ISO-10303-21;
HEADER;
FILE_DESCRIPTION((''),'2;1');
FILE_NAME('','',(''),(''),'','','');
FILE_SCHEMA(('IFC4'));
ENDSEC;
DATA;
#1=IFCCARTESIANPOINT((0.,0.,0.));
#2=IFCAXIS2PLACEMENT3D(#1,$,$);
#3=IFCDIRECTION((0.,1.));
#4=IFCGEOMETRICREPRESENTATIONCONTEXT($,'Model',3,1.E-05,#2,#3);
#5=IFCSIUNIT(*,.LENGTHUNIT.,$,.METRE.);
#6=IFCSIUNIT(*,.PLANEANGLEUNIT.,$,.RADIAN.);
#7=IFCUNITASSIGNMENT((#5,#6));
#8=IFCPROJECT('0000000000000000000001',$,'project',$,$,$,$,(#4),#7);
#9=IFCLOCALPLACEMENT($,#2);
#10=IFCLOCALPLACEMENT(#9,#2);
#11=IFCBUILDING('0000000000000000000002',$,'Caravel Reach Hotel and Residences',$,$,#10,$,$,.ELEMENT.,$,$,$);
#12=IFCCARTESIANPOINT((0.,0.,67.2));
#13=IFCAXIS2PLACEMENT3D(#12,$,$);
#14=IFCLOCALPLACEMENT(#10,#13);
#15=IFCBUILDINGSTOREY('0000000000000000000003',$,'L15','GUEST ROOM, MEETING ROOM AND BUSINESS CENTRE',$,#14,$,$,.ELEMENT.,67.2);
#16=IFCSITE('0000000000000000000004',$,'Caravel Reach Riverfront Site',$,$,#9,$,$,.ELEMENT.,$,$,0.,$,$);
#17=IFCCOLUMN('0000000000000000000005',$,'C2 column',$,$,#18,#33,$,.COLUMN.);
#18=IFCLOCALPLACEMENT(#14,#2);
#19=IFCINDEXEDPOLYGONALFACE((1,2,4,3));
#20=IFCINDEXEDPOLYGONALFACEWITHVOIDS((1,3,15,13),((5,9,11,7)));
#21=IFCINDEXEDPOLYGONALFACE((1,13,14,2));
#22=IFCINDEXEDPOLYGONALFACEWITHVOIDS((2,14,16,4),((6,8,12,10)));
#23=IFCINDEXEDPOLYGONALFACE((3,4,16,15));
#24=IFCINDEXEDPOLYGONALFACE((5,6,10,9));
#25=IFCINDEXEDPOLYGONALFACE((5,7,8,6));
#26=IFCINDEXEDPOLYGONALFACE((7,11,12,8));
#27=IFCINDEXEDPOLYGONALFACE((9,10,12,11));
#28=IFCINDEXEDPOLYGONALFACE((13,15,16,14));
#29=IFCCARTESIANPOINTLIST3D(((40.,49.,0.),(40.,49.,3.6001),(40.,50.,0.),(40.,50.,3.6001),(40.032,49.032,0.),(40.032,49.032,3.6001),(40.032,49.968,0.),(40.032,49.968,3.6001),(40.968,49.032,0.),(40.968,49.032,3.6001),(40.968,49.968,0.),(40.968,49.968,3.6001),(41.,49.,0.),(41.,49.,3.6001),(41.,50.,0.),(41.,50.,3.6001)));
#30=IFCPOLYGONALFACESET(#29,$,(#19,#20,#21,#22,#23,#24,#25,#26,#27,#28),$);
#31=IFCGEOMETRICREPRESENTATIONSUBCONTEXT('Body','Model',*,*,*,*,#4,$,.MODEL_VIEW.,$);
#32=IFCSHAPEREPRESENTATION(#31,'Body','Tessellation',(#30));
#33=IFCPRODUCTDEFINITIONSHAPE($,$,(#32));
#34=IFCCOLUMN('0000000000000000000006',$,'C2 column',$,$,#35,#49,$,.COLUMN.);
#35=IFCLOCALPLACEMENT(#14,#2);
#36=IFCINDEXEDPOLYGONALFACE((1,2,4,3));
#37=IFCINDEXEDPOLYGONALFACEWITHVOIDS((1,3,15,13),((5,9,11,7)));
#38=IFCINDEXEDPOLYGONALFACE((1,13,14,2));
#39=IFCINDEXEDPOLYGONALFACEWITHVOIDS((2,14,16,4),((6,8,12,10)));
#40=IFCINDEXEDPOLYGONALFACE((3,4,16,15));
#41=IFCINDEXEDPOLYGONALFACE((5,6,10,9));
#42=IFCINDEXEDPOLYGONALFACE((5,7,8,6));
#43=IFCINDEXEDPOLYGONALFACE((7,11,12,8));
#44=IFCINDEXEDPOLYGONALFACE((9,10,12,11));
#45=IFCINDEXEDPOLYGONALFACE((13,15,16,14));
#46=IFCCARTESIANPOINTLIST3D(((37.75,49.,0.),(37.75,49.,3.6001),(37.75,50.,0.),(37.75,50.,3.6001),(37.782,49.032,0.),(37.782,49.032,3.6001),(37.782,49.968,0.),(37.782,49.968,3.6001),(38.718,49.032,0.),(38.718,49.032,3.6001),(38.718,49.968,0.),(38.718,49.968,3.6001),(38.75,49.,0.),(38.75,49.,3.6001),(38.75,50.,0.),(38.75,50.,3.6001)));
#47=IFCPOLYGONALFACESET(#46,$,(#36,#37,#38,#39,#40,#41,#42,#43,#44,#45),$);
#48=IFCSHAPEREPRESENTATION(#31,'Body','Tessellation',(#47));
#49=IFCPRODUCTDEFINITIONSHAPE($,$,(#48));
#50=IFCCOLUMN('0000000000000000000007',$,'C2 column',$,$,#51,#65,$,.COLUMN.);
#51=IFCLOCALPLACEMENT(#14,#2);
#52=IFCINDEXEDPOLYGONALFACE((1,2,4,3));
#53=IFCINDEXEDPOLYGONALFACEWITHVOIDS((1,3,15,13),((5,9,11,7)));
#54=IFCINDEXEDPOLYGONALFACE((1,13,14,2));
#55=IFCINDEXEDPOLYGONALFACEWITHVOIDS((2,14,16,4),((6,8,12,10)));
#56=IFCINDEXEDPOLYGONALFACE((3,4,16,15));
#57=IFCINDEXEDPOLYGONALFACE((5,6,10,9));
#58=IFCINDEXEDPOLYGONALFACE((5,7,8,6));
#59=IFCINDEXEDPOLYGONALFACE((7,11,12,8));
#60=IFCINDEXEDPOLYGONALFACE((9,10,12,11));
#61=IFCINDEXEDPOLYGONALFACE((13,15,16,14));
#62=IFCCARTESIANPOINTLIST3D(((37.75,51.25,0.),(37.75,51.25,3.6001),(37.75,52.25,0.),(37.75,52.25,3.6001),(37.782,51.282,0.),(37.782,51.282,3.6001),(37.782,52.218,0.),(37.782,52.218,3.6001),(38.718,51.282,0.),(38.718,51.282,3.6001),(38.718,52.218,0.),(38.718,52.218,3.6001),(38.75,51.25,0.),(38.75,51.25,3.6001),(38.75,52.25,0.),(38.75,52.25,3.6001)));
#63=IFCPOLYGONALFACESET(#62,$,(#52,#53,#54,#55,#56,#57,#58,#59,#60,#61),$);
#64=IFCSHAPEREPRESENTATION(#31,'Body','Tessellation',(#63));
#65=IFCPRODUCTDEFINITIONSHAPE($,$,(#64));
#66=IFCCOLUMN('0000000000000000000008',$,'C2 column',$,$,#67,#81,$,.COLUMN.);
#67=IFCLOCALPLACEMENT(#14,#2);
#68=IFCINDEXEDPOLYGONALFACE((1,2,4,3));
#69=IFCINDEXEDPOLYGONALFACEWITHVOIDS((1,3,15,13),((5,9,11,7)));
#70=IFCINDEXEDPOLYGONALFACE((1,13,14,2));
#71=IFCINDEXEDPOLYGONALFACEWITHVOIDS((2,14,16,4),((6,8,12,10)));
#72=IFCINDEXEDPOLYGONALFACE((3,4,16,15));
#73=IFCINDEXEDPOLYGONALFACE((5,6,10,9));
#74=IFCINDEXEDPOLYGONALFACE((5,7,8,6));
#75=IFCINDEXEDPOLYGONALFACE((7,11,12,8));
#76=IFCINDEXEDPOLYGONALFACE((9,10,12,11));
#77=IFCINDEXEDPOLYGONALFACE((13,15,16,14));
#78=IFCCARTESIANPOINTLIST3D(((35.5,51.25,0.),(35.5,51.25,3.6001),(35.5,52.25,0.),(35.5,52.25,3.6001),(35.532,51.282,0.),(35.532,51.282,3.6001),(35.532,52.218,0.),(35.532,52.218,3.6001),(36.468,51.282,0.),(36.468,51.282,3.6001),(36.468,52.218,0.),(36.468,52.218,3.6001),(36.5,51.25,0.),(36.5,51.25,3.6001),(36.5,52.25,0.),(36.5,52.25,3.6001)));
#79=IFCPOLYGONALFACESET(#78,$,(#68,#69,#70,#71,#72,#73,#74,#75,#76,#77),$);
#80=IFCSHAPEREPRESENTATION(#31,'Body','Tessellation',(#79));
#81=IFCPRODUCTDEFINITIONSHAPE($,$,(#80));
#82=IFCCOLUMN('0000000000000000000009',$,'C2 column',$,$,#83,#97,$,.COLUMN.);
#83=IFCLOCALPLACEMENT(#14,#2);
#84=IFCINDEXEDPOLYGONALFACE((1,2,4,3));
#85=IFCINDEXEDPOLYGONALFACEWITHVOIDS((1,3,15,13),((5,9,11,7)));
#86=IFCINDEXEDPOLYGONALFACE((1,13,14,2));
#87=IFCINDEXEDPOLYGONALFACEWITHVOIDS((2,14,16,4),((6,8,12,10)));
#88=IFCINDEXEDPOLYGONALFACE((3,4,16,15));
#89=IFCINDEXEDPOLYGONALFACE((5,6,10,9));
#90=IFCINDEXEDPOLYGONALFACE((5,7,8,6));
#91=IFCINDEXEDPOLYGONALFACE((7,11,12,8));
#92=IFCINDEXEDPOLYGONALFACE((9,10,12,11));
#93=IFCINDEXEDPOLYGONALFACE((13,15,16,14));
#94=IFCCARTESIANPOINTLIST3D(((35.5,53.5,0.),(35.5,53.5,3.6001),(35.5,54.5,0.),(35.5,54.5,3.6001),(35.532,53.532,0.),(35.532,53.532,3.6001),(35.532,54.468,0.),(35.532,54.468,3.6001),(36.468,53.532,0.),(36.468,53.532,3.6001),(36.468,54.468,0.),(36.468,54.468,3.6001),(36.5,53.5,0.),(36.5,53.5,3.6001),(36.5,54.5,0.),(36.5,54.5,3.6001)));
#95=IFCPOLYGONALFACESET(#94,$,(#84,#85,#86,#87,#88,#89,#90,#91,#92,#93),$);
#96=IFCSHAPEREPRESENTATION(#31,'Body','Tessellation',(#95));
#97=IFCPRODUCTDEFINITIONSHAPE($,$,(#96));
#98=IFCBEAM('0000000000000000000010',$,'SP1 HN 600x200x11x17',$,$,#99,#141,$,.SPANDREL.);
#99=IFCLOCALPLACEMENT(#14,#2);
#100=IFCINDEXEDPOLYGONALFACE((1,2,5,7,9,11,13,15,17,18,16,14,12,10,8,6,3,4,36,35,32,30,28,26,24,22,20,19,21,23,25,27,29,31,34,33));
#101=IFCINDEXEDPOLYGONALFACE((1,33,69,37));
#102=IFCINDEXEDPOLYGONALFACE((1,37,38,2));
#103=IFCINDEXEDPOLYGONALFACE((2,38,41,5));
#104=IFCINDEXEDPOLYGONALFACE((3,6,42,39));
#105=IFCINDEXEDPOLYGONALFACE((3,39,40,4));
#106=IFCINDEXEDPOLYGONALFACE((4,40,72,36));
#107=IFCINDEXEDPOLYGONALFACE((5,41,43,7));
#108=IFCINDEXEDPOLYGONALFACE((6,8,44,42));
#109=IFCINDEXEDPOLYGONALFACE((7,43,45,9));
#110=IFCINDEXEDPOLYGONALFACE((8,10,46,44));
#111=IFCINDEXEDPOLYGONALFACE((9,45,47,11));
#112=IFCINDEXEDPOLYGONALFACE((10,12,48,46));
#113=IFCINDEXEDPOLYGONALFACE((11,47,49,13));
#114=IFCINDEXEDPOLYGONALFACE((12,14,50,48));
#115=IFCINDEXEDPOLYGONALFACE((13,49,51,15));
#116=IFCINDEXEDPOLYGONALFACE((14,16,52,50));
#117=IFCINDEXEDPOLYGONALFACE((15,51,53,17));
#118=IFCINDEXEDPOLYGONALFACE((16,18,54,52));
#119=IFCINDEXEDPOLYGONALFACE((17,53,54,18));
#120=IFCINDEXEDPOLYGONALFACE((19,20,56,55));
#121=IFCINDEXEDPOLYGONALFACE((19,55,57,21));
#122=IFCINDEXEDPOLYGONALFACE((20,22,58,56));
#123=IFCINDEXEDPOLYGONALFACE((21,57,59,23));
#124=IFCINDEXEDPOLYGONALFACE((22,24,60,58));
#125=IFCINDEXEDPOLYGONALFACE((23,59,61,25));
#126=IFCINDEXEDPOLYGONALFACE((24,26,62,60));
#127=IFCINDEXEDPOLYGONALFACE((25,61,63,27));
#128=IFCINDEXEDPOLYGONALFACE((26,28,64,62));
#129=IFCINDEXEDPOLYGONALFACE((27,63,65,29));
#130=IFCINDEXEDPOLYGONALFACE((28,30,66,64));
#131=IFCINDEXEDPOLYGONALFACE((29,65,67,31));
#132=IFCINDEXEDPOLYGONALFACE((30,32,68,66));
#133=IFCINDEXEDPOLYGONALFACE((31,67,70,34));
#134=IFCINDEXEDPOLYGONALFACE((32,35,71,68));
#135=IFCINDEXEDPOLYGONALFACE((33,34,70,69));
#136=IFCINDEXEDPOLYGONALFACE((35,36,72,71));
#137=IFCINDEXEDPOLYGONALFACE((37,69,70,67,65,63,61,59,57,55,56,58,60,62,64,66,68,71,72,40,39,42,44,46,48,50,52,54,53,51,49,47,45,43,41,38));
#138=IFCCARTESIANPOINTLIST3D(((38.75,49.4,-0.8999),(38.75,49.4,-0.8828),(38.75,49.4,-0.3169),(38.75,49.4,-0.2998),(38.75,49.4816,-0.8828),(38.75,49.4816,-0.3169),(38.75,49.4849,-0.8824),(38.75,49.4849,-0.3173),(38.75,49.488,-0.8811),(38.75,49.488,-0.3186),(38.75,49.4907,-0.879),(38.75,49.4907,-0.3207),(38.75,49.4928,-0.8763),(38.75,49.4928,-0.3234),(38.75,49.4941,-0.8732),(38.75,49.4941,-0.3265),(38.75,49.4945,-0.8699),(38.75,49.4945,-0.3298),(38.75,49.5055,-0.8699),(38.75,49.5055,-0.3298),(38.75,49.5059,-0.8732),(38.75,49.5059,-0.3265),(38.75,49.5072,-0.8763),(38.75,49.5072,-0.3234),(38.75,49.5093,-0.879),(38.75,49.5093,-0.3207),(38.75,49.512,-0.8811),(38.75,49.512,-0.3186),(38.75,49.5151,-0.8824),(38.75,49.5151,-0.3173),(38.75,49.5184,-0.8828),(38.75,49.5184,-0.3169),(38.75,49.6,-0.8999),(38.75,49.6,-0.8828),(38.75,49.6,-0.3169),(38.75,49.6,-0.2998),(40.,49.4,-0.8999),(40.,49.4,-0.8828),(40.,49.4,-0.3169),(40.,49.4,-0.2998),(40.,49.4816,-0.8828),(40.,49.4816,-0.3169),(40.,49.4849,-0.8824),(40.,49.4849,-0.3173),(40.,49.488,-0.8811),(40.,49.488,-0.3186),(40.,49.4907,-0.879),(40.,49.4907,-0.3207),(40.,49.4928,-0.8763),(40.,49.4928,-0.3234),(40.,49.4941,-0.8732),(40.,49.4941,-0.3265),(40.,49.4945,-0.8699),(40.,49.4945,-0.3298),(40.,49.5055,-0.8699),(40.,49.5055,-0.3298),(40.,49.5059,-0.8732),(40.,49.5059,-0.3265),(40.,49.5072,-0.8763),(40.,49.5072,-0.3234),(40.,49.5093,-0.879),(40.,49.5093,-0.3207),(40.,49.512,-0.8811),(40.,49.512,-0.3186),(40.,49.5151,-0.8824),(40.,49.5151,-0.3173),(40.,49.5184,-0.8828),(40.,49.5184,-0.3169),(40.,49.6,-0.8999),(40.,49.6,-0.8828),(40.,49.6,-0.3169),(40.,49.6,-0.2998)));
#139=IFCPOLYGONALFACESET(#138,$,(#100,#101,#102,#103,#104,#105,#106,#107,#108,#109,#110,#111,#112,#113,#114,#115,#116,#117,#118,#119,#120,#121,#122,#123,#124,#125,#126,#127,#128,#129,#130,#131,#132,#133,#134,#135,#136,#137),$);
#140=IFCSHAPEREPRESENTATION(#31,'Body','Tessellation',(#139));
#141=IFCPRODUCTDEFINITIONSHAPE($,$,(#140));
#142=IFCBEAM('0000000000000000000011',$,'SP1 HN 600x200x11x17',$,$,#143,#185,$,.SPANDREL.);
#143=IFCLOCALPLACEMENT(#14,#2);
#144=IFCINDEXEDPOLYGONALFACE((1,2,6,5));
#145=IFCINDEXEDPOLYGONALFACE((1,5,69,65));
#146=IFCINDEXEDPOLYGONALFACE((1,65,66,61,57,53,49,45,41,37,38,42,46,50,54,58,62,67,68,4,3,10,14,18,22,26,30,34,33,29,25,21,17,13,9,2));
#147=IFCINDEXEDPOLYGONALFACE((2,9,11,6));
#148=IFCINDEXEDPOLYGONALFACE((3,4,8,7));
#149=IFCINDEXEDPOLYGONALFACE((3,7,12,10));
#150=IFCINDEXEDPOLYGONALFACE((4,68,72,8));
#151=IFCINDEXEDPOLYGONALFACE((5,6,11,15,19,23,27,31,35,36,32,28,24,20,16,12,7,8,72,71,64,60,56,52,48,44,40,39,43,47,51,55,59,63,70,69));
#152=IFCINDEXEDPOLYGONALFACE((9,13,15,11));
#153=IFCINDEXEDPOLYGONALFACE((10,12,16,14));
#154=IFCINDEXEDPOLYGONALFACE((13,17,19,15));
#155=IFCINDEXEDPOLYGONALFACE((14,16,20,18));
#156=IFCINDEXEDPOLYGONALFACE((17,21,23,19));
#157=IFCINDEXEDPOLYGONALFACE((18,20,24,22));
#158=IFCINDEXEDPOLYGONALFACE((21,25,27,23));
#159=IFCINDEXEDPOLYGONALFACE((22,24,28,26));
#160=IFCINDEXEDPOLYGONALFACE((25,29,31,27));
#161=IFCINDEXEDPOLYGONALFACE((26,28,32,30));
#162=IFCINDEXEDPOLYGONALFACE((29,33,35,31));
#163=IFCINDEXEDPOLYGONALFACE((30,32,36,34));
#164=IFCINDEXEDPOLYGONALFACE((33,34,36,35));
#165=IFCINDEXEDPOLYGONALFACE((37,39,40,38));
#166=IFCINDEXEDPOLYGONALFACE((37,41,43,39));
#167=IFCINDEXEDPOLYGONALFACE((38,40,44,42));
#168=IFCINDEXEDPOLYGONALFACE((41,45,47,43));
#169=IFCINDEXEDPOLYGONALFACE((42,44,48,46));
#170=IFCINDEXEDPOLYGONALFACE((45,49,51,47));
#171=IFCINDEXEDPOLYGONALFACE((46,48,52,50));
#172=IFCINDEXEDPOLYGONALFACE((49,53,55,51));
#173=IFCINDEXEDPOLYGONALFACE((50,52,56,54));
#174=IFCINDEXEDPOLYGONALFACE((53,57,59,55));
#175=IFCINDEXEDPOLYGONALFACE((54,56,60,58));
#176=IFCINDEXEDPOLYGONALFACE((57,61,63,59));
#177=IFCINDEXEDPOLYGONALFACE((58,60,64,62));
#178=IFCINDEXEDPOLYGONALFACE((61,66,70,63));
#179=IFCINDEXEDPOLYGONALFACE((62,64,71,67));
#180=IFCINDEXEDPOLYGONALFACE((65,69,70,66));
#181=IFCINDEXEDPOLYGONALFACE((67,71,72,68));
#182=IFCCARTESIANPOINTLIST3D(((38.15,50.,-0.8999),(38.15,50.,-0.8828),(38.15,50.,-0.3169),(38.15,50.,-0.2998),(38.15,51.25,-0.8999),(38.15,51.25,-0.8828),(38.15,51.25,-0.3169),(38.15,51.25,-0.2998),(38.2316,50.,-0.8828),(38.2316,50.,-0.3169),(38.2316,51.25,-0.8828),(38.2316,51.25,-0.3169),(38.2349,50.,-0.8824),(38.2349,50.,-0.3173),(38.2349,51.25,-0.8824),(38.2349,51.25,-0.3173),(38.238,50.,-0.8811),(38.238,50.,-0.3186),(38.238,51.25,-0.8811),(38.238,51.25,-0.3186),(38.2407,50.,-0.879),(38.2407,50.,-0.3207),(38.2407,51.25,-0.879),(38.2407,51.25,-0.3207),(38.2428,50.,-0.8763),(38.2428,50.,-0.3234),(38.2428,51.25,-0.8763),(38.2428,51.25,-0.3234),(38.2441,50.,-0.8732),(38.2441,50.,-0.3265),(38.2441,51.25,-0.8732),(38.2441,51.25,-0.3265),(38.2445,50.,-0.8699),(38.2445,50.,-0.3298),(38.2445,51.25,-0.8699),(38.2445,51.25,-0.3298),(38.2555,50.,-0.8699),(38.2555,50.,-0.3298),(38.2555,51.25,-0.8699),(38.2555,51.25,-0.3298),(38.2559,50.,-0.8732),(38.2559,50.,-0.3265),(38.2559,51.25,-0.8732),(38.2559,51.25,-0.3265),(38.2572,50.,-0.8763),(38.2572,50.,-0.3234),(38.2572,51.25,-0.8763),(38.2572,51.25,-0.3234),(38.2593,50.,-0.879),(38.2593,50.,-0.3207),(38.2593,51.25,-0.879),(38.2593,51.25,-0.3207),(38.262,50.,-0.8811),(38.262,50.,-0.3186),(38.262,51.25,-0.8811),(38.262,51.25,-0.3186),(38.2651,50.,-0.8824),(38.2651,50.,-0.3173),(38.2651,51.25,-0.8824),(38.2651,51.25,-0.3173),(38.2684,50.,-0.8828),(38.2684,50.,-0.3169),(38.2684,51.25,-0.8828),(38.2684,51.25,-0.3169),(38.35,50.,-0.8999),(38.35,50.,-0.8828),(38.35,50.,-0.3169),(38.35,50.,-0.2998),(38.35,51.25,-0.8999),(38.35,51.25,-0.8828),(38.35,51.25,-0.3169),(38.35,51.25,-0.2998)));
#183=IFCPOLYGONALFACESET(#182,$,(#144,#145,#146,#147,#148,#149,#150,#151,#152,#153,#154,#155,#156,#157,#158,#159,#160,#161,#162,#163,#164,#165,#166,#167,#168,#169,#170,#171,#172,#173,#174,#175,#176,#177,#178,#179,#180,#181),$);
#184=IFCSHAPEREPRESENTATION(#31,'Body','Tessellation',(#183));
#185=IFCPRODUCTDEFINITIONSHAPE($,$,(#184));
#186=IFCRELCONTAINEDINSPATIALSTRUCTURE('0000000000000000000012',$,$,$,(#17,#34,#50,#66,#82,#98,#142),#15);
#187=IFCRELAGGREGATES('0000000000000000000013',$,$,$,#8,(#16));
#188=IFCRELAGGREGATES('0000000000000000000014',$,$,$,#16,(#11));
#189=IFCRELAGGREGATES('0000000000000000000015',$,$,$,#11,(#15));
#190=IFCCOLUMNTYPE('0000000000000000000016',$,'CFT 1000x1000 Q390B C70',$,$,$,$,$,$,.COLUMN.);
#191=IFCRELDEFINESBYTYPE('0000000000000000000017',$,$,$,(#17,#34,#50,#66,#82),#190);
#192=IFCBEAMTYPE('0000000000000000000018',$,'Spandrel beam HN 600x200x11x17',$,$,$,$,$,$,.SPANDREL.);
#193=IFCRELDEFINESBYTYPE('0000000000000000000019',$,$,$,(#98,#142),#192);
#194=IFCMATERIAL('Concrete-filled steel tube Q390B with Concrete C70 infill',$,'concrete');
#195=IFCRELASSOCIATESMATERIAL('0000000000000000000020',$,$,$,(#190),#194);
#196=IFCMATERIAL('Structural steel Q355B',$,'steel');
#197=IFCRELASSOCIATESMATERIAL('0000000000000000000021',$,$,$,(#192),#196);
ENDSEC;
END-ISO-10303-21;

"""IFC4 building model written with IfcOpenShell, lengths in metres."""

from ifc_helpers import new_model, si_unit, direction, frame, origin, origin_2d, place, context, subcontext, project, spatial, hollow_rectangle, i_section, extrude, material, material_profile, profile_set, type_object, element, save


model = new_model("IFC4")

# Units and contexts
model_context = context("Model", 3, precision=1e-05, world=origin(), true_north=direction((0.0, 1.0)))
body_context = subcontext(model_context, "Body", "Model", "MODEL_VIEW")
ifc_project = project(units=[si_unit("LENGTHUNIT", "METRE"), si_unit("PLANEANGLEUNIT", "RADIAN")], contexts=[model_context])

# Site, building, storey
site_placement = place(None, origin())
site = spatial("IfcSite", under=ifc_project, at=site_placement, Name="Caravel Reach Riverfront Site", CompositionType="ELEMENT", RefElevation=0.0)
building_placement = place(site_placement, origin())
building = spatial("IfcBuilding", under=site, at=building_placement, Name="Caravel Reach Hotel and Residences", CompositionType="ELEMENT")
storey_placement = place(building_placement, frame((0.0, 0.0, 67.2)))
storey = spatial("IfcBuildingStorey", under=building, at=storey_placement, Name="L15", Description="GUEST ROOM, MEETING ROOM AND BUSINESS CENTRE", CompositionType="ELEMENT", Elevation=67.2)

# Columns
ifc_material_1 = material(Name="Concrete-filled steel tube Q390B with Concrete C70 infill", Category="concrete")
ifc_material_profile_1 = material_profile(ifc_material_1, hollow_rectangle(XDim=1.0, YDim=1.0, WallThickness=0.032, at=origin_2d()), Name="RHS 1000x1000x32")
ifc_profile_set_1 = profile_set([ifc_material_profile_1], Name="Concrete-filled steel tube Q390B with Concrete C70 infill")
column_type = type_object("IfcColumnType", Name="CFT 1000x1000 Q390B C70", PredefinedType="COLUMN", material=ifc_profile_set_1)
for number, where, z_axis, x_axis, name in (
    (1, (40.5, 49.5, 0.0), (0.0, 0.0, 1.0), (1.0, 0.0, 0.0), "C2 column"),
    (2, (38.25, 49.5, 0.0), (0.0, 0.0, 1.0), (1.0, 0.0, 0.0), "C2 column"),
    (3, (38.25, 51.75, 0.0), (0.0, 0.0, 1.0), (1.0, 0.0, 0.0), "C2 column"),
    (4, (36.0, 51.75, 0.0), (0.0, 0.0, 1.0), (1.0, 0.0, 0.0), "C2 column"),
    (5, (36.0, 54.0, 0.0), (0.0, 0.0, 1.0), (1.0, 0.0, 0.0), "C2 column"),
):
    element("IfcColumn", number, at=place(storey_placement, frame(where, z_axis=z_axis, x_axis=x_axis)), inside=storey, type_object=column_type, Name=name, PredefinedType="COLUMN", context=body_context, shape_type="SweptSolid", body=[
        extrude(hollow_rectangle(XDim=1.0, YDim=1.0, WallThickness=0.032, at=origin_2d()), origin(), (0.0, 0.0, 1.0), 3.6001),
    ])

# Beams
ifc_material_2 = material(Name="Structural steel Q355B", Category="steel")
ifc_material_profile_2 = material_profile(ifc_material_2, i_section(OverallWidth=0.2, OverallDepth=0.6001, WebThickness=0.011, FlangeThickness=0.0171, FilletRadius=0.0129, at=origin_2d()), Name="HN 600x200x11x17")
ifc_profile_set_2 = profile_set([ifc_material_profile_2], Name="Structural steel Q355B")
beam_type = type_object("IfcBeamType", Name="Spandrel beam HN 600x200x11x17", PredefinedType="SPANDREL", material=ifc_profile_set_2)
for number, where, z_axis, x_axis, name in (
    (6, (40.0, 49.5, -0.5999), (-1.0, 0.0, 0.0), (0.0, -1.0, 0.0), "SP1 HN 600x200x11x17"),
    (7, (38.25, 50.0, -0.5999), (0.0, 1.0, 0.0), (-1.0, 0.0, 0.0), "SP1 HN 600x200x11x17"),
):
    element("IfcBeam", number, at=place(storey_placement, frame(where, z_axis=z_axis, x_axis=x_axis)), inside=storey, type_object=beam_type, Name=name, PredefinedType="SPANDREL", context=body_context, shape_type="SweptSolid", body=[
        extrude(i_section(OverallWidth=0.2, OverallDepth=0.6001, WebThickness=0.011, FlangeThickness=0.0171, FilletRadius=0.0129, at=origin_2d()), origin(), (0.0, 0.0, 1.0), 1.25),
    ])

save(model, "model.ifc")
